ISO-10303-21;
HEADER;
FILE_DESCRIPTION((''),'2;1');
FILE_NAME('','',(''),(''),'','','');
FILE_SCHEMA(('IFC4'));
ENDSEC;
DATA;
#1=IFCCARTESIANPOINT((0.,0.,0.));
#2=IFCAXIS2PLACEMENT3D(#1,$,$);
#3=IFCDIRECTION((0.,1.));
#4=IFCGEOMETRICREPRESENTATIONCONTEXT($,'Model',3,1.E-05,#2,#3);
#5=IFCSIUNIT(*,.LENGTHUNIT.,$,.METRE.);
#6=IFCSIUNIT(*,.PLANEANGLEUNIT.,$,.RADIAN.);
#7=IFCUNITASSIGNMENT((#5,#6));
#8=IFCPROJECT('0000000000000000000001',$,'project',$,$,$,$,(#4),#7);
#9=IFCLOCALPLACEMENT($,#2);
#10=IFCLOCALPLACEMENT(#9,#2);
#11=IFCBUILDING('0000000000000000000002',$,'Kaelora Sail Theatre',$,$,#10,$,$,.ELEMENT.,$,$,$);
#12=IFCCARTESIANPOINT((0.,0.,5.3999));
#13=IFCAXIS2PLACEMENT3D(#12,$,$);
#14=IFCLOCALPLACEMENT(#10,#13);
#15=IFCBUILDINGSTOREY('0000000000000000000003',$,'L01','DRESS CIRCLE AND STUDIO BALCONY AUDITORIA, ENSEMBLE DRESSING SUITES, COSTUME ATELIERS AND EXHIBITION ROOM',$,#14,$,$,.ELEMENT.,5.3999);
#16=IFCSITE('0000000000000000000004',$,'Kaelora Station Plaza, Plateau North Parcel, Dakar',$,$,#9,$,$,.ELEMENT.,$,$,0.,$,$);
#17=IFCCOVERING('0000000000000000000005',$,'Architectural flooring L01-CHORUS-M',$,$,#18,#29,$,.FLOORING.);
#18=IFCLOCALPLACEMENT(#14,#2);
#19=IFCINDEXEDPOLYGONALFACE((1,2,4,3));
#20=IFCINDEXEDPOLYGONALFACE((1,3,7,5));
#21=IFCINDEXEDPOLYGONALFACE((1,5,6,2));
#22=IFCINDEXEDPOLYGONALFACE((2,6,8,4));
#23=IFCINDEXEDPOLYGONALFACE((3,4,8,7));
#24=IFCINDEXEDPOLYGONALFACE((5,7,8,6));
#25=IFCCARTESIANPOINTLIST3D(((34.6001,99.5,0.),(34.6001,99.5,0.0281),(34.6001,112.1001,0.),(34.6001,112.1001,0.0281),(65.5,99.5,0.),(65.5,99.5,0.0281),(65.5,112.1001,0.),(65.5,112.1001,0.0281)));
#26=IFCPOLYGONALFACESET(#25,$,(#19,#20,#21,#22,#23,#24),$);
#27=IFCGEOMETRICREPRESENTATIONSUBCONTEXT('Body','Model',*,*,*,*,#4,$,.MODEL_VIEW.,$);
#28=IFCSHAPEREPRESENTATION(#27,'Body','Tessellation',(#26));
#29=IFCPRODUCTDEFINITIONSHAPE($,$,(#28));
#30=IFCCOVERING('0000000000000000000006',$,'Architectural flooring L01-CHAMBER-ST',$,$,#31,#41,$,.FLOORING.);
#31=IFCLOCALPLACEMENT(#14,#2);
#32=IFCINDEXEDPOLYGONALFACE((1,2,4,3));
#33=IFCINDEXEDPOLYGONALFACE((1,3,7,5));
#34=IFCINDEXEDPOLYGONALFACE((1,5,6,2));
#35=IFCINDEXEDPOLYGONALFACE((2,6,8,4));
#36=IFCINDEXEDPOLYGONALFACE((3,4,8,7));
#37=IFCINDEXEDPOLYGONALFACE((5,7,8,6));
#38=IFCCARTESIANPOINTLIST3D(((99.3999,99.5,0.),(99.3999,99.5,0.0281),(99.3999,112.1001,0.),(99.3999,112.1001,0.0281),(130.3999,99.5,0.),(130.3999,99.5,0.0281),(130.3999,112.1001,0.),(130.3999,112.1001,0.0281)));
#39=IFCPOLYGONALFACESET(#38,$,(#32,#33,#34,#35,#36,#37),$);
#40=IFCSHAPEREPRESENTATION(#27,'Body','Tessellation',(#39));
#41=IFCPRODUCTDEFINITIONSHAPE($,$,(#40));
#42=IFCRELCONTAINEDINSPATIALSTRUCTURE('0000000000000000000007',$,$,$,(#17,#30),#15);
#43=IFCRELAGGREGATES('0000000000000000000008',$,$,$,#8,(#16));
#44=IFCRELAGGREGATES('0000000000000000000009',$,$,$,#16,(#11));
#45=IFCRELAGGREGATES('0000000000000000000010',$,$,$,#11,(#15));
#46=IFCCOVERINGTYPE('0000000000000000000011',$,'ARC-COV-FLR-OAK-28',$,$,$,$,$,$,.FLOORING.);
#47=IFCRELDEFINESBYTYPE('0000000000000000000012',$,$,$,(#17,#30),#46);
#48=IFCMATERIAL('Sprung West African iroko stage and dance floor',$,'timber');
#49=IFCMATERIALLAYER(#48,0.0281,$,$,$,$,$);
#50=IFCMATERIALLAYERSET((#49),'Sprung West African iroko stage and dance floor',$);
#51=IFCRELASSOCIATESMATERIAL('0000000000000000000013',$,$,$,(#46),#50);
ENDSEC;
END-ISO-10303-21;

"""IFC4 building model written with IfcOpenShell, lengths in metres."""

from ifc_helpers import new_model, si_unit, direction, frame, origin, place, context, subcontext, project, spatial, polyline, outline, extrude, material, layer, layer_set, type_object, element, save


model = new_model("IFC4")

# Units and contexts
model_context = context("Model", 3, precision=1e-05, world=origin(), true_north=direction((0.0, 1.0)))
body_context = subcontext(model_context, "Body", "Model", "MODEL_VIEW")
ifc_project = project(units=[si_unit("LENGTHUNIT", "METRE"), si_unit("PLANEANGLEUNIT", "RADIAN")], contexts=[model_context])

# Site, building, storey
site_placement = place(None, origin())
site = spatial("IfcSite", under=ifc_project, at=site_placement, Name="Kaelora Station Plaza, Plateau North Parcel, Dakar", CompositionType="ELEMENT", RefElevation=0.0)
building_placement = place(site_placement, origin())
building = spatial("IfcBuilding", under=site, at=building_placement, Name="Kaelora Sail Theatre", CompositionType="ELEMENT")
storey_placement = place(building_placement, frame((0.0, 0.0, 5.3999)))
storey = spatial("IfcBuildingStorey", under=building, at=storey_placement, Name="L01", Description="DRESS CIRCLE AND STUDIO BALCONY AUDITORIA, ENSEMBLE DRESSING SUITES, COSTUME ATELIERS AND EXHIBITION ROOM", CompositionType="ELEMENT", Elevation=5.3999)

# Coverings
ifc_material_1 = material(Name="Sprung West African iroko stage and dance floor", Category="timber")
ifc_layer_1 = layer(ifc_material_1, 0.0281)
ifc_layer_set_1 = layer_set([ifc_layer_1], Name="Sprung West African iroko stage and dance floor")
covering_type_1 = type_object("IfcCoveringType", Name="ARC-COV-FLR-OAK-28", PredefinedType="FLOORING", material=ifc_layer_set_1)
covering_1_placement = place(storey_placement, origin())
element("IfcCovering", 1, at=covering_1_placement, inside=storey, type_object=covering_type_1, Name="Architectural flooring L01-CHORUS-M", PredefinedType="FLOORING", context=body_context, shape_type="SweptSolid", body=[
    extrude(outline(polyline([(34.6001, 99.5), (65.5, 99.5), (65.5, 112.1001), (34.6001, 112.1001), (34.6001, 99.5)])), origin(), (0.0, 0.0, 1.0), 0.0281),
])
covering_2_placement = place(storey_placement, origin())
element("IfcCovering", 2, at=covering_2_placement, inside=storey, type_object=covering_type_1, Name="Architectural flooring L01-CHAMBER-ST", PredefinedType="FLOORING", context=body_context, shape_type="SweptSolid", body=[
    extrude(outline(polyline([(99.3999, 99.5), (130.3999, 99.5), (130.3999, 112.1001), (99.3999, 112.1001), (99.3999, 99.5)])), origin(), (0.0, 0.0, 1.0), 0.0281),
])

save(model, "model.ifc")
